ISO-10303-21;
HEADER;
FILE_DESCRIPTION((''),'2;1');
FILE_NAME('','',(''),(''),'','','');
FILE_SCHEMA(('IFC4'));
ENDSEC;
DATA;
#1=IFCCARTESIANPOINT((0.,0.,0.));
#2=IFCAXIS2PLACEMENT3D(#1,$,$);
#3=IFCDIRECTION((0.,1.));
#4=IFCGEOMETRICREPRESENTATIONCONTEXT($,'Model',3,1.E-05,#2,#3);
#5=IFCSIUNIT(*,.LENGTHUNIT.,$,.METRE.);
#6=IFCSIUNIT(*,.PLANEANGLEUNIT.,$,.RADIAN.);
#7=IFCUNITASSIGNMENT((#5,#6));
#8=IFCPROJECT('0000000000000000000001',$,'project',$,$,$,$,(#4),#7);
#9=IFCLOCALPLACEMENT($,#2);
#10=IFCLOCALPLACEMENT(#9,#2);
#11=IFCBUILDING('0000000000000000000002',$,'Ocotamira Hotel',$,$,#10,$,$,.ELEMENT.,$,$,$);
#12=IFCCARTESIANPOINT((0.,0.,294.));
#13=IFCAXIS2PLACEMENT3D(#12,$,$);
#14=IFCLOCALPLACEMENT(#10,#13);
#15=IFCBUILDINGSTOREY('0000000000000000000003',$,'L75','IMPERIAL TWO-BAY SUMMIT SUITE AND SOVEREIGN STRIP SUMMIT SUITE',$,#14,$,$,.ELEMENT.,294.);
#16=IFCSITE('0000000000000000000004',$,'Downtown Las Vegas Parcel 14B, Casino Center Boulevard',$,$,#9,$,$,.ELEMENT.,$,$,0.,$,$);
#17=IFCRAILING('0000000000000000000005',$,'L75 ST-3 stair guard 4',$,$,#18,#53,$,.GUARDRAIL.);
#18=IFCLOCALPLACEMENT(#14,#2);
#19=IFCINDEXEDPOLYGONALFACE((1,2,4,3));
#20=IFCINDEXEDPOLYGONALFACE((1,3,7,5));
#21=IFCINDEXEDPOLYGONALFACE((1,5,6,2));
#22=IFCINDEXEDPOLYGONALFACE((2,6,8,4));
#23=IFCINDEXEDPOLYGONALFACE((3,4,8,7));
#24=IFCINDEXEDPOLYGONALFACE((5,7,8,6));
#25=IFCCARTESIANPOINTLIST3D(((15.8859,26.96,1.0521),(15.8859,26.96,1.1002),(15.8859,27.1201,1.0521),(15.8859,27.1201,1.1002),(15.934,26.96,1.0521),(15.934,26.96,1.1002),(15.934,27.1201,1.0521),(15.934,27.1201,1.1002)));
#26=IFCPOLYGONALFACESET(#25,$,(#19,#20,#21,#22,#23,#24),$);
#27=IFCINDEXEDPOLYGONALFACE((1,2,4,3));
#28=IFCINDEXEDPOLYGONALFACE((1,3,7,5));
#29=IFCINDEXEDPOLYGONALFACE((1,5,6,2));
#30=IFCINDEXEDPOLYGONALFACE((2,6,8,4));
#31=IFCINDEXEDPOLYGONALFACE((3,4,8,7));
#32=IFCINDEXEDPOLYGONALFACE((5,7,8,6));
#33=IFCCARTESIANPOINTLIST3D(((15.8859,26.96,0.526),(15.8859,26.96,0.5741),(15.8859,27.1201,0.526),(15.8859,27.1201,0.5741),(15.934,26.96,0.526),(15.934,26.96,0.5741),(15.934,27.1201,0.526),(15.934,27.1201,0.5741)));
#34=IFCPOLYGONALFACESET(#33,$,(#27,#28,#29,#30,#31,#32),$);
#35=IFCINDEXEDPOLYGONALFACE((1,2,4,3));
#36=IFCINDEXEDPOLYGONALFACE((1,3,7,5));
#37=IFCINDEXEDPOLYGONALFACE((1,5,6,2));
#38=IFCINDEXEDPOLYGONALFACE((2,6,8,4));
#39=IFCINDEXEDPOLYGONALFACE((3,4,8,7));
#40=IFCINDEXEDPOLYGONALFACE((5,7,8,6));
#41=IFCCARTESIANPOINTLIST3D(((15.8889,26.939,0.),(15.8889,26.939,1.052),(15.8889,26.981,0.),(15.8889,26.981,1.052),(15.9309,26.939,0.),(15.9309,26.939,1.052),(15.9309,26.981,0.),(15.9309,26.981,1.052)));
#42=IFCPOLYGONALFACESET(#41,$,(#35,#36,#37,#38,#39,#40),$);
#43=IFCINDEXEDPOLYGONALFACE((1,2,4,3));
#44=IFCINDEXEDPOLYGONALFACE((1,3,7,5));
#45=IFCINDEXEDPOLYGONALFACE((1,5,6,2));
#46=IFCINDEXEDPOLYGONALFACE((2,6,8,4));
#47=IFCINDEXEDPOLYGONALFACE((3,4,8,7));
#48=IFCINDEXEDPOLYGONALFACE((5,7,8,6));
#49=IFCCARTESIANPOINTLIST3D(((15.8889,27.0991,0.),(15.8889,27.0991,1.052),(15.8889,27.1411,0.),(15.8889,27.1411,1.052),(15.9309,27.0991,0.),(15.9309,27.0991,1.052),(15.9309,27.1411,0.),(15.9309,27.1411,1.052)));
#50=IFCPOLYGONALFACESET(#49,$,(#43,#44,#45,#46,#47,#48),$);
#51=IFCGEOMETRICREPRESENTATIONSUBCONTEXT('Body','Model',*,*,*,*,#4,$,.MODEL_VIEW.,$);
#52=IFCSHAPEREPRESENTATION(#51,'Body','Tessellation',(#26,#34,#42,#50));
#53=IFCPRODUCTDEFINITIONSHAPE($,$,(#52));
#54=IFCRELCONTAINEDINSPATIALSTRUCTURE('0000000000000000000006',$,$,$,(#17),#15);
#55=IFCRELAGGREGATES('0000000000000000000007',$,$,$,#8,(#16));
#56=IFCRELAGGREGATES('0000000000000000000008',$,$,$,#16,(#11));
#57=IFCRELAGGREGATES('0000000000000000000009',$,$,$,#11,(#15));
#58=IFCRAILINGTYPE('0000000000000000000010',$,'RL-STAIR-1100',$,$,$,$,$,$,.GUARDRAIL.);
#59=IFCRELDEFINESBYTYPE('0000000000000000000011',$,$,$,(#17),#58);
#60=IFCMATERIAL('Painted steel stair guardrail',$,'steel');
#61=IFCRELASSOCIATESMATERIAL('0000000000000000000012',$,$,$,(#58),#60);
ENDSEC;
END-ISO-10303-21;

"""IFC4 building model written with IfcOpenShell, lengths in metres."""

from ifc_helpers import new_model, si_unit, direction, frame, origin, origin_2d, place, context, subcontext, project, spatial, rectangle, extrude, material, type_object, element, save


model = new_model("IFC4")

# Units and contexts
model_context = context("Model", 3, precision=1e-05, world=origin(), true_north=direction((0.0, 1.0)))
body_context = subcontext(model_context, "Body", "Model", "MODEL_VIEW")
ifc_project = project(units=[si_unit("LENGTHUNIT", "METRE"), si_unit("PLANEANGLEUNIT", "RADIAN")], contexts=[model_context])

# Site, building, storey
site_placement = place(None, origin())
site = spatial("IfcSite", under=ifc_project, at=site_placement, Name="Downtown Las Vegas Parcel 14B, Casino Center Boulevard", CompositionType="ELEMENT", RefElevation=0.0)
building_placement = place(site_placement, origin())
building = spatial("IfcBuilding", under=site, at=building_placement, Name="Ocotamira Hotel", CompositionType="ELEMENT")
storey_placement = place(building_placement, frame((0.0, 0.0, 294.0)))
storey = spatial("IfcBuildingStorey", under=building, at=storey_placement, Name="L75", Description="IMPERIAL TWO-BAY SUMMIT SUITE AND SOVEREIGN STRIP SUMMIT SUITE", CompositionType="ELEMENT", Elevation=294.0)

# Railing
ifc_material_1 = material(Name="Painted steel stair guardrail", Category="steel")
railing_type_1 = type_object("IfcRailingType", Name="RL-STAIR-1100", PredefinedType="GUARDRAIL", material=ifc_material_1)
railing_1_placement = place(storey_placement, frame((15.9099, 26.96, 0.0)))
element("IfcRailing", 1, at=railing_1_placement, inside=storey, type_object=railing_type_1, Name="L75 ST-3 stair guard 4", PredefinedType="GUARDRAIL", context=body_context, shape_type="SweptSolid", body=[
    extrude(rectangle(XDim=0.0481, YDim=0.0481, at=origin_2d()), frame((0.0, 0.0, 1.0762), z_axis=(0.0, 1.0, 0.0), x_axis=(-1.0, 0.0, 0.0)), (0.0, 0.0, 1.0), 0.1602),
    extrude(rectangle(XDim=0.0481, YDim=0.0481, at=origin_2d()), frame((0.0, 0.0, 0.55), z_axis=(0.0, 1.0, 0.0), x_axis=(-1.0, 0.0, 0.0)), (0.0, 0.0, 1.0), 0.1602),
    extrude(rectangle(XDim=0.042, YDim=0.042, at=origin_2d()), origin(), (0.0, 0.0, 1.0), 1.052),
    extrude(rectangle(XDim=0.042, YDim=0.042, at=origin_2d()), frame((0.0, 0.1602, 0.0)), (0.0, 0.0, 1.0), 1.052),
])

save(model, "model.ifc")
